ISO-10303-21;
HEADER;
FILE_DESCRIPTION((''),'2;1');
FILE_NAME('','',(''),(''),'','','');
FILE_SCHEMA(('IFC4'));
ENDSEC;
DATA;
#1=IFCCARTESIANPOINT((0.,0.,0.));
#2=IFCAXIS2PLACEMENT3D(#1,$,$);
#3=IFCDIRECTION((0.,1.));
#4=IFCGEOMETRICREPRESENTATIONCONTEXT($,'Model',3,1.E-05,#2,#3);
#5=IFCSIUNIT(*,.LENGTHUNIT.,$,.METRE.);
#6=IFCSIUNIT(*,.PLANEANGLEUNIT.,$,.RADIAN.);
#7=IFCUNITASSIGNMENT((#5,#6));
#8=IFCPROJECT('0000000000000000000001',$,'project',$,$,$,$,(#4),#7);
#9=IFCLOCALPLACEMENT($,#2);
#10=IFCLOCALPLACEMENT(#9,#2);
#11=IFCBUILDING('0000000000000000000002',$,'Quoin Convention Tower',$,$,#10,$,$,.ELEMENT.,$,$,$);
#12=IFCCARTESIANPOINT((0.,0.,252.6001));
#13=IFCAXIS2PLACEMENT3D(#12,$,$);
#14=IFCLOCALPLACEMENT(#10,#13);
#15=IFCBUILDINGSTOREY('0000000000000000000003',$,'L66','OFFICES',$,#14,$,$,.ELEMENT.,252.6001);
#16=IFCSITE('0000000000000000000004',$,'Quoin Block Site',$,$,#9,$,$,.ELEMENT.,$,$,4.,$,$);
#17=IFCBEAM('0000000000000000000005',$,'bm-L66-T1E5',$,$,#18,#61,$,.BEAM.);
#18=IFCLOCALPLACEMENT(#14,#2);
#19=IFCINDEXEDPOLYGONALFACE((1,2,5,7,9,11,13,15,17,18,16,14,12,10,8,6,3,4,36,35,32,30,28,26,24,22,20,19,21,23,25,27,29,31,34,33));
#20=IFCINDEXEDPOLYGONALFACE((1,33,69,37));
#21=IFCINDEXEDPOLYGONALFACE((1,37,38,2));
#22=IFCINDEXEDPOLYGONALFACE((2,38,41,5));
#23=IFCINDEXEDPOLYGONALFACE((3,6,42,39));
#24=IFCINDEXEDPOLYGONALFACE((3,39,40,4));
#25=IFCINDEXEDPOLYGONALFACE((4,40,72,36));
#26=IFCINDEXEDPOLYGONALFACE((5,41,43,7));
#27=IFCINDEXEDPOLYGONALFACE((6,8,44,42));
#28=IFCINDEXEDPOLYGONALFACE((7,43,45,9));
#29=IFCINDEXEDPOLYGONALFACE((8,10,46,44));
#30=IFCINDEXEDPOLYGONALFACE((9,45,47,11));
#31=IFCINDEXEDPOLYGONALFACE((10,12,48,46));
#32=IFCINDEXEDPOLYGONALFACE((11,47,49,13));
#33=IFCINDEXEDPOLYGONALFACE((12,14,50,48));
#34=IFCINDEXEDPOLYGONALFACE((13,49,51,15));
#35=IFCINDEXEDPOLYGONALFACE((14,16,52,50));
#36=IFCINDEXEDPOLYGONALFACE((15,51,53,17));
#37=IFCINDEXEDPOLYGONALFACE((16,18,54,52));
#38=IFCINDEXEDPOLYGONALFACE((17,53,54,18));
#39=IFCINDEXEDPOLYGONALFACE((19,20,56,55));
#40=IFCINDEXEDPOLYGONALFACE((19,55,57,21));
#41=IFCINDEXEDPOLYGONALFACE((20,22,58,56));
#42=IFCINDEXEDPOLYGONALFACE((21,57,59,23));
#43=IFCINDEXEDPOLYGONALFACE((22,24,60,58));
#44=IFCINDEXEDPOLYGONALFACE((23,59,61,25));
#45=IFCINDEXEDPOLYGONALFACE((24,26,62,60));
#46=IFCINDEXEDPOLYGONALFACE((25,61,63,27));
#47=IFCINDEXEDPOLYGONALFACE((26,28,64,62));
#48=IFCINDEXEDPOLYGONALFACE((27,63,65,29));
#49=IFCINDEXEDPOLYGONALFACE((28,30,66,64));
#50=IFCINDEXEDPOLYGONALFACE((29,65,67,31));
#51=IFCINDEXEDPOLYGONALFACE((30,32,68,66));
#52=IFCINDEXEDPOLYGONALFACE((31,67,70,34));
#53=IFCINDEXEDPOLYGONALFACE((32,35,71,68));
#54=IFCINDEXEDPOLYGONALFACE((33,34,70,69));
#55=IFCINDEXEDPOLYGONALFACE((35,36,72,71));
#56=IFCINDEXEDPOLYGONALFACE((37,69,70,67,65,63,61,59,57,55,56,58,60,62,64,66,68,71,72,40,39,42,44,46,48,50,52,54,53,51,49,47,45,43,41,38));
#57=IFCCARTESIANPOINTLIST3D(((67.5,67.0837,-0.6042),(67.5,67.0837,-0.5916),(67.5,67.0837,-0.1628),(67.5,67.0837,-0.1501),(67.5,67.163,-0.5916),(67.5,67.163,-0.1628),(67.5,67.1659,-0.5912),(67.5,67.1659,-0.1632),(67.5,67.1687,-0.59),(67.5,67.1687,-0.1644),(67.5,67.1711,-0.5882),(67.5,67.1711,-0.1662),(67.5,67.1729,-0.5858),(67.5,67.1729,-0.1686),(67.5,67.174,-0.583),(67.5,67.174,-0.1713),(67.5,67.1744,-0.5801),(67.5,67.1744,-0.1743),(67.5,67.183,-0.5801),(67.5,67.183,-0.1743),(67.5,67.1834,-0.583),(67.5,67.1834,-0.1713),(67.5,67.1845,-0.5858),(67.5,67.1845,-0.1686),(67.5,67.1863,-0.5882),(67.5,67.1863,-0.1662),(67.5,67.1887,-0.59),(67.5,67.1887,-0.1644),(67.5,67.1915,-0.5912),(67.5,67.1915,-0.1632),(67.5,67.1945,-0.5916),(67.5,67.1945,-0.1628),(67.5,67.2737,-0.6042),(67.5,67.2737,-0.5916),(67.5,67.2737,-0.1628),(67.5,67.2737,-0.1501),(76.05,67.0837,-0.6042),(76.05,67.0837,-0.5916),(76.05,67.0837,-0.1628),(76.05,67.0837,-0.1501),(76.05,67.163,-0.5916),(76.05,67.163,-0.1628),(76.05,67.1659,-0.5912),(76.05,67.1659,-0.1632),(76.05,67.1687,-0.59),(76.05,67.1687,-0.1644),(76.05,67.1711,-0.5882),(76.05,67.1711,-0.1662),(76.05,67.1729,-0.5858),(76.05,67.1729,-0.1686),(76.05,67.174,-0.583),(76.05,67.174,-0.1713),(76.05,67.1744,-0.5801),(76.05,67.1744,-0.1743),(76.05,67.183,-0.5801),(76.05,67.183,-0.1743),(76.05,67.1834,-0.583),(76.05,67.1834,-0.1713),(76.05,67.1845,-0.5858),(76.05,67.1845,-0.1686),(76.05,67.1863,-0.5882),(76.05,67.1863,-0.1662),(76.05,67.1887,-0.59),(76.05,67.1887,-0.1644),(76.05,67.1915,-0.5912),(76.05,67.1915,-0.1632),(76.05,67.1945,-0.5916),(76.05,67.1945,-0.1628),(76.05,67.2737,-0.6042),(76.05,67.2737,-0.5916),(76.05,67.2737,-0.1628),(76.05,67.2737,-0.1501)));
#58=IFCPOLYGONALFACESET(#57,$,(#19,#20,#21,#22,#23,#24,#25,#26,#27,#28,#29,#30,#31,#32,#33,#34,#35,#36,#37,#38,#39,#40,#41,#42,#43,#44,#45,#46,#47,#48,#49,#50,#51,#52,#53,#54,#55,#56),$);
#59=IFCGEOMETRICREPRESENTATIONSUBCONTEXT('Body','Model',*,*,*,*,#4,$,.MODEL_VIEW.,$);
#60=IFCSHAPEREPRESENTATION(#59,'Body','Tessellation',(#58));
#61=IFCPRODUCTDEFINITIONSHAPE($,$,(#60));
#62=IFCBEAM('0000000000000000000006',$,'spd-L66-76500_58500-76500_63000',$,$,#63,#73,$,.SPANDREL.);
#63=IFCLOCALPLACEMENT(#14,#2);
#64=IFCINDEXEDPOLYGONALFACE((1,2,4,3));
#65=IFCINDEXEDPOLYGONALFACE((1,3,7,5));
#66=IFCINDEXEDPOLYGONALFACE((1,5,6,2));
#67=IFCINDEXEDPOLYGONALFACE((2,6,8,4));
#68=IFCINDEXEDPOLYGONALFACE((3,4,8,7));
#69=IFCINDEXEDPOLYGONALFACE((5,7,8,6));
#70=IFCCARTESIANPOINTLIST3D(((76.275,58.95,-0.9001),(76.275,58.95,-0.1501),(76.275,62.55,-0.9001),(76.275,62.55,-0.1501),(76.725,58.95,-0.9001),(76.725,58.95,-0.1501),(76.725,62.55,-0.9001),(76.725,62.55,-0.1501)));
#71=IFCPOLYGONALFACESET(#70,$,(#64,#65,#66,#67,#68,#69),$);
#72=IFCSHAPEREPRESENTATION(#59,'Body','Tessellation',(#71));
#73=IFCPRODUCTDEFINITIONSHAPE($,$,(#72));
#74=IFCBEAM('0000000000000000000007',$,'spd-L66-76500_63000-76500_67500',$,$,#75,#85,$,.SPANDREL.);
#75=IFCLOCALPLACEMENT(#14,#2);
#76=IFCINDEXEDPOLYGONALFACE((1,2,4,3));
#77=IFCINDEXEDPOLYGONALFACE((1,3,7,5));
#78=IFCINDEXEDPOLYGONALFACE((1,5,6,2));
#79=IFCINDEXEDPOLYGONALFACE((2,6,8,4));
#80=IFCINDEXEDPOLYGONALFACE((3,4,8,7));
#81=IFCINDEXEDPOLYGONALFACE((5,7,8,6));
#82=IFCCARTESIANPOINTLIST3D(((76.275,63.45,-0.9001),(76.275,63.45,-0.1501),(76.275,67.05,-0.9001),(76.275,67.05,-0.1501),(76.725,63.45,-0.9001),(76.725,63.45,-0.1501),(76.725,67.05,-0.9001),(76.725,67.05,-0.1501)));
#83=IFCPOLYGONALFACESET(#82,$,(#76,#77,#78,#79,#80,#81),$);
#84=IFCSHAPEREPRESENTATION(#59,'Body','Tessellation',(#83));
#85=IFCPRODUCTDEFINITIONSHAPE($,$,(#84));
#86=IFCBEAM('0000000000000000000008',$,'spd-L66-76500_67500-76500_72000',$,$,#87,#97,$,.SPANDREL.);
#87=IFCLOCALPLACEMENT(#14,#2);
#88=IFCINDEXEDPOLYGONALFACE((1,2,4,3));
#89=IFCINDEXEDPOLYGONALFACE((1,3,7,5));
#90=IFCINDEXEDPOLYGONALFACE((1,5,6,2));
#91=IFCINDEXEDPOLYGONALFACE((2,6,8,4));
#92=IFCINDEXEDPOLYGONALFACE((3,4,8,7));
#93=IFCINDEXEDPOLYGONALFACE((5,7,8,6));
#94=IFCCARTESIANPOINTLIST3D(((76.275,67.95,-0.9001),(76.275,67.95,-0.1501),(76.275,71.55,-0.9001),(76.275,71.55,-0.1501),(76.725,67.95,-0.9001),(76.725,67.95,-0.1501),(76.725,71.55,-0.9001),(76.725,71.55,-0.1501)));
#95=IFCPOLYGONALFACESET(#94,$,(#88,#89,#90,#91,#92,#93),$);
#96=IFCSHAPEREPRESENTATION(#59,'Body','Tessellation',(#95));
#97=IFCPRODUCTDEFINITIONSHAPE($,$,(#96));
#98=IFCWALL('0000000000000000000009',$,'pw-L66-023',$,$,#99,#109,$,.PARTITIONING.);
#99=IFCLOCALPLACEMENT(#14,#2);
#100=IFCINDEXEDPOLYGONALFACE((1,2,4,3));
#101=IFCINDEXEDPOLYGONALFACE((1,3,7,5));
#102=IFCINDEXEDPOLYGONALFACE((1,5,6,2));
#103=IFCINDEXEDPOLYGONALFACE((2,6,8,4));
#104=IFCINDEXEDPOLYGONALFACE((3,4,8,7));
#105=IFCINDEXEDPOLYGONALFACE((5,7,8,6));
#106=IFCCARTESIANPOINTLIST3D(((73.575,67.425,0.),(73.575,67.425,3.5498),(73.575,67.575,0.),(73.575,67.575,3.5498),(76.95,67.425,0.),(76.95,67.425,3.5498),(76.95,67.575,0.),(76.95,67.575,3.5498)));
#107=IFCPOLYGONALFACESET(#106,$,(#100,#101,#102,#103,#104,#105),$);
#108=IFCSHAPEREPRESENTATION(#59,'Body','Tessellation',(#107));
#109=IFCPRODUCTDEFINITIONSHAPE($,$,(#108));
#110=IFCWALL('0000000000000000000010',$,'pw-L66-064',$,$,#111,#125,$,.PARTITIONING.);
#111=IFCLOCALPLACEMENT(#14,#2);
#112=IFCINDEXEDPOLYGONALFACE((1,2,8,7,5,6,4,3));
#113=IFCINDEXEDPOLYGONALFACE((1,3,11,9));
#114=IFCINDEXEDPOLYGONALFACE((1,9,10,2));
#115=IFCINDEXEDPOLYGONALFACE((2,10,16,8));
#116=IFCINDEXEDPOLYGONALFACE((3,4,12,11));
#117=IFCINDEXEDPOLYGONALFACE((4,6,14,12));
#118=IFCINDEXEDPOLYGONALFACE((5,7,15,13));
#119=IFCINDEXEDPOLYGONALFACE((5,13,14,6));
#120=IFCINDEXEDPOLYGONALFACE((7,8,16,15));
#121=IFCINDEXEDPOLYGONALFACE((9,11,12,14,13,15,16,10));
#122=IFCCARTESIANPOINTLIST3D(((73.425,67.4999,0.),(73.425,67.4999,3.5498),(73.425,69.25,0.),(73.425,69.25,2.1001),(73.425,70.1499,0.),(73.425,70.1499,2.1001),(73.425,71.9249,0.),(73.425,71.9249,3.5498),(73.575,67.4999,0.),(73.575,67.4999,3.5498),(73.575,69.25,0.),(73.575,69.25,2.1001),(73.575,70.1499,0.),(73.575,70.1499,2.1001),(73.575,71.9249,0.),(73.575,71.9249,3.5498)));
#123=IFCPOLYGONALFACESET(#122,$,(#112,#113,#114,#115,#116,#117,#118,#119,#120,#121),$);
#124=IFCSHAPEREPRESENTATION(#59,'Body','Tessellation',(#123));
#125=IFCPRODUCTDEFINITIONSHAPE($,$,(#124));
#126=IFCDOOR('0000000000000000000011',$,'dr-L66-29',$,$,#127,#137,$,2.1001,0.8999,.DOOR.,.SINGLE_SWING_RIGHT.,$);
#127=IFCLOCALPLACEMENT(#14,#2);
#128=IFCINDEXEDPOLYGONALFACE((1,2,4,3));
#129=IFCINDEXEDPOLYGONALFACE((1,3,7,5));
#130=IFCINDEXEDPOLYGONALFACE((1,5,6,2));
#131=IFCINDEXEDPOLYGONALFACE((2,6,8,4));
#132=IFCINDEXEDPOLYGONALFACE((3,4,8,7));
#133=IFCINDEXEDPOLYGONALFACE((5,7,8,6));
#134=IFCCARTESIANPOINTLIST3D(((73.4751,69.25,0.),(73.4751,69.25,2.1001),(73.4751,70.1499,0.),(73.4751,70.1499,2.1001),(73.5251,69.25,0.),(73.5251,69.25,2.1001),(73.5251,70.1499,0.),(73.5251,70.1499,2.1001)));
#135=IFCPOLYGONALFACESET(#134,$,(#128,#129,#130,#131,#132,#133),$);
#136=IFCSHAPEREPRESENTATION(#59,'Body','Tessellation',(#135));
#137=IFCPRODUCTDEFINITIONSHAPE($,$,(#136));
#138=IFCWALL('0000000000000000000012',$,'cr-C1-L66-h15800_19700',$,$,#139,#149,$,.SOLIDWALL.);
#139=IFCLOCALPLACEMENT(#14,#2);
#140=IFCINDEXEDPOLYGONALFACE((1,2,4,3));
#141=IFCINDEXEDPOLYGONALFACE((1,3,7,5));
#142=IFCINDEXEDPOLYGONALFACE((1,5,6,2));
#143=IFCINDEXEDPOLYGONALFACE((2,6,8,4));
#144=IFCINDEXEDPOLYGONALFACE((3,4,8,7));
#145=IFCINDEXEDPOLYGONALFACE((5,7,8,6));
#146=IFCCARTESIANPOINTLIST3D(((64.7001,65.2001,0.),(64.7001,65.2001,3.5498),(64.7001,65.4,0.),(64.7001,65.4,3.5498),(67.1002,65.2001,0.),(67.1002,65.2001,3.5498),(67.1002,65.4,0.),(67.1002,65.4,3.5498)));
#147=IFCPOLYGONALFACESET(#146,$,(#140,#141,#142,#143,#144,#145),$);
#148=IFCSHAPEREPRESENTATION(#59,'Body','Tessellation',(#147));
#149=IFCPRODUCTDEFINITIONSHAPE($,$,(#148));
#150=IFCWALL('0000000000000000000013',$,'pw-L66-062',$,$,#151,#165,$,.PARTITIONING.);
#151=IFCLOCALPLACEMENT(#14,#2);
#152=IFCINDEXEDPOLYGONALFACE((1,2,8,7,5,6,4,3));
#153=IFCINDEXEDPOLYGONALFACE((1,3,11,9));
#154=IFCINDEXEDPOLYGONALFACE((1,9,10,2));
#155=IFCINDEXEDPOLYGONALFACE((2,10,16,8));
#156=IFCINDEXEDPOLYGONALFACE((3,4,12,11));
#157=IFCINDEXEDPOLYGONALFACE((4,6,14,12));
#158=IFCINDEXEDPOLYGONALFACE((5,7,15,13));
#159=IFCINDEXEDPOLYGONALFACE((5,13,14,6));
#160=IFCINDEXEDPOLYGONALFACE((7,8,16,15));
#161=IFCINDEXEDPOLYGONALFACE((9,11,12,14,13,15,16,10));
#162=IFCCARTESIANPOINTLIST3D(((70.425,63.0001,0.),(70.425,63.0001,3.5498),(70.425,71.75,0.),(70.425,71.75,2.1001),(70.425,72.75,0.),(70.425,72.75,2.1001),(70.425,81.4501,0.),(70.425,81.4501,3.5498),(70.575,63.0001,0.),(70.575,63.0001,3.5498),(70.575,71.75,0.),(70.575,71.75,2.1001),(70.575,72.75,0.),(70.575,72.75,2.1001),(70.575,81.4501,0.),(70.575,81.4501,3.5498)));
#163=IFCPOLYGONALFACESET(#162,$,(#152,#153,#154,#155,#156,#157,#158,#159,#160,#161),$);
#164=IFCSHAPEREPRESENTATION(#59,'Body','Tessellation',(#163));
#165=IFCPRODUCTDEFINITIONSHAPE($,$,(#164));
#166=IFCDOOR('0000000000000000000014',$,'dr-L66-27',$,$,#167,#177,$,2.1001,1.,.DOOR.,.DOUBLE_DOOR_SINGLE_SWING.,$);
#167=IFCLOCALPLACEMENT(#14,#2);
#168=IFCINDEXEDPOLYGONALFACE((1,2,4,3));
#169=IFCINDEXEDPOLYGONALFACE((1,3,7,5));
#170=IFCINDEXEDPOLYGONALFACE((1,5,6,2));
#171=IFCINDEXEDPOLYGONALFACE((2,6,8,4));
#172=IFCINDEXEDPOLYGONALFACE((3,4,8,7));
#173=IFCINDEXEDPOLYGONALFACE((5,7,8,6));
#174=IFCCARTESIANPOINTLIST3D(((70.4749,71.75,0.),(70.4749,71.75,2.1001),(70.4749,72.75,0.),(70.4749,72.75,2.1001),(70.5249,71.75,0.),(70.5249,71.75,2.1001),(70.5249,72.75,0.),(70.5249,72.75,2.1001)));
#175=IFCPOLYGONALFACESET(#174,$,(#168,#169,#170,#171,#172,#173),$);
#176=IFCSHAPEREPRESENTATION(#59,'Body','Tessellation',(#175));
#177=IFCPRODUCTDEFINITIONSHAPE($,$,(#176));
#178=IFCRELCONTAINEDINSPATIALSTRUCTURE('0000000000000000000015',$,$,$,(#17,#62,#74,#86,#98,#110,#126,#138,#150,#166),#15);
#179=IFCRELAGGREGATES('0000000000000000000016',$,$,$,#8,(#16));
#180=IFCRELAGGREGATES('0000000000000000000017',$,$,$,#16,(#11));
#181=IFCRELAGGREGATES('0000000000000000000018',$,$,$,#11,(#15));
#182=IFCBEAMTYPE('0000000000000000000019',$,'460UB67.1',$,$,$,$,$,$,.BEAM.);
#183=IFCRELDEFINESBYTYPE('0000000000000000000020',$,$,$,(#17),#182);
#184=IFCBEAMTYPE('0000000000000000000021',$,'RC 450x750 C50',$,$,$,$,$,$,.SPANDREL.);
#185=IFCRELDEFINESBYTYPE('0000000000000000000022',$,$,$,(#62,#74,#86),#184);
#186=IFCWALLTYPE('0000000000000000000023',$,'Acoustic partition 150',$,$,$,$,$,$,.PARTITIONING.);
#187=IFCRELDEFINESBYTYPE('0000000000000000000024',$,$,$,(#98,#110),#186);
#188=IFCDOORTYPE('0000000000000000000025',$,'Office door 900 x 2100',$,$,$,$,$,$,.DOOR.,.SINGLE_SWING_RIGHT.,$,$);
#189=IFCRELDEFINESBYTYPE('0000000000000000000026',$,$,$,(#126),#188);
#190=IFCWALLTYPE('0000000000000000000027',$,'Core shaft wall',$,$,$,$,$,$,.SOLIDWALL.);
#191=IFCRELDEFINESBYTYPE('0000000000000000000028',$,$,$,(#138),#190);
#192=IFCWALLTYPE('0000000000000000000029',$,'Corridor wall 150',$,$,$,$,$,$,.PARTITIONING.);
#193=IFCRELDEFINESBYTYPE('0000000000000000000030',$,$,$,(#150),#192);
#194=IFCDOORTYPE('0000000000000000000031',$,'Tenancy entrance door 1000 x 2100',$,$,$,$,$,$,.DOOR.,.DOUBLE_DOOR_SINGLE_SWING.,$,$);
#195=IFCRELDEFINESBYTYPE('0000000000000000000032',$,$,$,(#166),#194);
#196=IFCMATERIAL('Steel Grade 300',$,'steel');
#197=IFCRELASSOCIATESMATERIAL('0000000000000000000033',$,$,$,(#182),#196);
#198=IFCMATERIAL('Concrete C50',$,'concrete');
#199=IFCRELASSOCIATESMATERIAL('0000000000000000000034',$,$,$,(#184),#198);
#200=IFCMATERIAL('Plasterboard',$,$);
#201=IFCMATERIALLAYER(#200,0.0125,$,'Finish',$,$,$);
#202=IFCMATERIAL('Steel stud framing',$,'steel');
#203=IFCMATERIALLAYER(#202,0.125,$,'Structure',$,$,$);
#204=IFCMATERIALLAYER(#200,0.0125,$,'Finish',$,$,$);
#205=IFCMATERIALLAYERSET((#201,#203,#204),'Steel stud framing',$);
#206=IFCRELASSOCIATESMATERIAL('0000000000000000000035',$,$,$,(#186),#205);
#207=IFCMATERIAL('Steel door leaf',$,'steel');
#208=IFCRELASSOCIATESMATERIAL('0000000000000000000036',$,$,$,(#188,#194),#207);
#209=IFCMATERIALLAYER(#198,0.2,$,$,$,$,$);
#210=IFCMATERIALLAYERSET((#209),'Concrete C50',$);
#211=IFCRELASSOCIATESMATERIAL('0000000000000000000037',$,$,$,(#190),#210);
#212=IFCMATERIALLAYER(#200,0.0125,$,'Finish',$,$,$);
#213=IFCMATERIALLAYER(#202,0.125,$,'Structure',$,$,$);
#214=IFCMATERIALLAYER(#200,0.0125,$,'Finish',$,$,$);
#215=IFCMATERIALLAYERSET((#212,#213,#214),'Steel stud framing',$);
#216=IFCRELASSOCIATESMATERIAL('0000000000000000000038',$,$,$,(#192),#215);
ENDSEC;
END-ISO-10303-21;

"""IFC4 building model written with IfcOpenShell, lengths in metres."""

from ifc_helpers import new_model, si_unit, direction, frame, frame_2d, origin, origin_2d, place, context, subcontext, project, spatial, rectangle, i_section, extrude, material, layer, layer_set, material_profile, profile_set, type_object, element, fill, save


model = new_model("IFC4")

# Units and contexts
model_context = context("Model", 3, precision=1e-05, world=origin(), true_north=direction((0.0, 1.0)))
body_context = subcontext(model_context, "Body", "Model", "MODEL_VIEW")
ifc_project = project(units=[si_unit("LENGTHUNIT", "METRE"), si_unit("PLANEANGLEUNIT", "RADIAN")], contexts=[model_context])

# Site, building, storey
site_placement = place(None, origin())
site = spatial("IfcSite", under=ifc_project, at=site_placement, Name="Quoin Block Site", CompositionType="ELEMENT", RefElevation=4.0)
building_placement = place(site_placement, origin())
building = spatial("IfcBuilding", under=site, at=building_placement, Name="Quoin Convention Tower", CompositionType="ELEMENT")
storey_placement = place(building_placement, frame((0.0, 0.0, 252.6001)))
storey = spatial("IfcBuildingStorey", under=building, at=storey_placement, Name="L66", Description="OFFICES", CompositionType="ELEMENT", Elevation=252.6001)

# Shared definitions
ifc_material_1 = material(Name="Concrete C50", Category="concrete")

# Beams
ifc_material_2 = material(Name="Steel Grade 300", Category="steel")
ifc_material_profile_1 = material_profile(ifc_material_2, i_section(OverallWidth=0.1899, OverallDepth=0.4541, WebThickness=0.0085, FlangeThickness=0.0127, FilletRadius=0.0115, at=origin_2d()), Name="460UB67.1")
ifc_profile_set_1 = profile_set([ifc_material_profile_1], Name="Steel Grade 300")
beam_type_1 = type_object("IfcBeamType", Name="460UB67.1", PredefinedType="BEAM", material=ifc_profile_set_1)
beam_placement = place(storey_placement, frame((67.5, 67.1787, -0.3772), z_axis=(1.0, 0.0, 0.0), x_axis=(0.0, 1.0, 0.0)))
element("IfcBeam", 1, at=beam_placement, inside=storey, type_object=beam_type_1, Name="bm-L66-T1E5", PredefinedType="BEAM", context=body_context, shape_type="SweptSolid", body=[
    extrude(i_section(OverallWidth=0.1899, OverallDepth=0.4541, WebThickness=0.0085, FlangeThickness=0.0127, FilletRadius=0.0115, at=origin_2d()), origin(), (0.0, 0.0, 1.0), 8.55),
])
ifc_material_profile_2 = material_profile(ifc_material_1, rectangle(XDim=0.45, YDim=0.75, at=origin_2d()), Name="RC 450x750")
ifc_profile_set_2 = profile_set([ifc_material_profile_2], Name="Concrete C50")
beam_type_2 = type_object("IfcBeamType", Name="RC 450x750 C50", PredefinedType="SPANDREL", material=ifc_profile_set_2)
for number, where, z_axis, x_axis, name in (
    (2, (76.5, 58.95, -0.5251), (0.0, 1.0, 0.0), (-1.0, 0.0, 0.0), "spd-L66-76500_58500-76500_63000"),
    (3, (76.5, 63.45, -0.5251), (0.0, 1.0, 0.0), (-1.0, 0.0, 0.0), "spd-L66-76500_63000-76500_67500"),
    (4, (76.5, 67.95, -0.5251), (0.0, 1.0, 0.0), (-1.0, 0.0, 0.0), "spd-L66-76500_67500-76500_72000"),
):
    element("IfcBeam", number, at=place(storey_placement, frame(where, z_axis=z_axis, x_axis=x_axis)), inside=storey, type_object=beam_type_2, Name=name, PredefinedType="SPANDREL", context=body_context, shape_type="SweptSolid", body=[
        extrude(rectangle(XDim=0.45, YDim=0.75, at=origin_2d()), origin(), (0.0, 0.0, 1.0), 3.6001),
    ])

# Wall
ifc_material_3 = material(Name="Plasterboard")
ifc_layer_1 = layer(ifc_material_3, 0.0125, Name="Finish")
ifc_material_4 = material(Name="Steel stud framing", Category="steel")
ifc_layer_2 = layer(ifc_material_4, 0.125, Name="Structure")
ifc_layer_3 = layer(ifc_material_3, 0.0125, Name="Finish")
ifc_layer_set_1 = layer_set([ifc_layer_1, ifc_layer_2, ifc_layer_3], Name="Steel stud framing")
wall_type_1 = type_object("IfcWallType", Name="Acoustic partition 150", PredefinedType="PARTITIONING", material=ifc_layer_set_1)
wall_1_placement = place(storey_placement, frame((73.575, 67.5, 0.0), z_axis=(0.0, 0.0, 1.0), x_axis=(1.0, 0.0, 0.0)))
element("IfcWall", 5, at=wall_1_placement, inside=storey, type_object=wall_type_1, Name="pw-L66-023", PredefinedType="PARTITIONING", context=body_context, shape_type="SweptSolid", body=[
    extrude(rectangle(XDim=3.375, YDim=0.1499, at=frame_2d((1.6875, 0.0))), origin(), (0.0, 0.0, 1.0), 3.5498),
])

# Wall, opening, door
wall_2_placement = place(storey_placement, frame((73.5, 67.5, 0.0), z_axis=(0.0, 0.0, 1.0), x_axis=(0.0, 1.0, 0.0)))
wall_2 = element("IfcWall", 6, at=wall_2_placement, inside=storey, type_object=wall_type_1, Name="pw-L66-064", PredefinedType="PARTITIONING", context=body_context, shape_type="SweptSolid", body=[
    extrude(rectangle(XDim=4.425, YDim=0.1499, at=frame_2d((2.2124, 0.0))), origin(), (0.0, 0.0, 1.0), 3.5498),
])
opening_1_placement = place(wall_2_placement, frame((1.75, 0.0, 0.0)))
opening_1 = element("IfcOpeningElement", 7, at=opening_1_placement, cuts=wall_2, PredefinedType="OPENING", context=body_context, shape_type="SweptSolid", body=[
    extrude(rectangle(XDim=0.8999, YDim=2.1001, at=frame_2d((0.45, 1.05))), frame((0.0, 0.085, 0.0), z_axis=(0.0, -1.0, 0.0), x_axis=(1.0, 0.0, 0.0)), (0.0, 0.0, 1.0), 0.1699),
])
ifc_material_5 = material(Name="Steel door leaf", Category="steel")
door_type_1 = type_object("IfcDoorType", Name="Office door 900 x 2100", OperationType="SINGLE_SWING_RIGHT", PredefinedType="DOOR", material=ifc_material_5)
door_1_placement = place(opening_1_placement, origin())
door_1 = element("IfcDoor", 8, at=door_1_placement, inside=storey, type_object=door_type_1, Name="dr-L66-29", OperationType="SINGLE_SWING_RIGHT", OverallHeight=2.1001, OverallWidth=0.8999, PredefinedType="DOOR", context=body_context, shape_type="SweptSolid", body=[
    extrude(rectangle(XDim=0.8999, YDim=2.1001, at=frame_2d((0.45, 1.05))), frame((0.0, 0.0249, 0.0), z_axis=(0.0, -1.0, 0.0), x_axis=(1.0, 0.0, 0.0)), (0.0, 0.0, 1.0), 0.05),
])
fill(opening_1, door_1)

# Wall
ifc_layer_4 = layer(ifc_material_1, 0.2)
ifc_layer_set_2 = layer_set([ifc_layer_4], Name="Concrete C50")
wall_type_2 = type_object("IfcWallType", Name="Core shaft wall", PredefinedType="SOLIDWALL", material=ifc_layer_set_2)
wall_3_placement = place(storey_placement, frame((64.7, 65.3, 0.0), z_axis=(0.0, 0.0, 1.0), x_axis=(1.0, 0.0, 0.0)))
element("IfcWall", 9, at=wall_3_placement, inside=storey, type_object=wall_type_2, Name="cr-C1-L66-h15800_19700", PredefinedType="SOLIDWALL", context=body_context, shape_type="SweptSolid", body=[
    extrude(rectangle(XDim=2.4001, YDim=0.2, at=frame_2d((1.2002, 0.0))), origin(), (0.0, 0.0, 1.0), 3.5498),
])

# Wall, opening, door
ifc_layer_5 = layer(ifc_material_3, 0.0125, Name="Finish")
ifc_layer_6 = layer(ifc_material_4, 0.125, Name="Structure")
ifc_layer_7 = layer(ifc_material_3, 0.0125, Name="Finish")
ifc_layer_set_3 = layer_set([ifc_layer_5, ifc_layer_6, ifc_layer_7], Name="Steel stud framing")
wall_type_3 = type_object("IfcWallType", Name="Corridor wall 150", PredefinedType="PARTITIONING", material=ifc_layer_set_3)
wall_4_placement = place(storey_placement, frame((70.5, 63.0, 0.0), z_axis=(0.0, 0.0, 1.0), x_axis=(0.0, 1.0, 0.0)))
wall_4 = element("IfcWall", 10, at=wall_4_placement, inside=storey, type_object=wall_type_3, Name="pw-L66-062", PredefinedType="PARTITIONING", context=body_context, shape_type="SweptSolid", body=[
    extrude(rectangle(XDim=18.45, YDim=0.1499, at=frame_2d((9.2251, 0.0))), origin(), (0.0, 0.0, 1.0), 3.5498),
])
opening_2_placement = place(wall_4_placement, frame((8.75, 0.0, 0.0)))
opening_2 = element("IfcOpeningElement", 11, at=opening_2_placement, cuts=wall_4, PredefinedType="OPENING", context=body_context, shape_type="SweptSolid", body=[
    extrude(rectangle(XDim=1.0, YDim=2.1001, at=frame_2d((0.5, 1.05))), frame((0.0, 0.085, 0.0), z_axis=(0.0, -1.0, 0.0), x_axis=(1.0, 0.0, 0.0)), (0.0, 0.0, 1.0), 0.1699),
])
door_type_2 = type_object("IfcDoorType", Name="Tenancy entrance door 1000 x 2100", OperationType="DOUBLE_DOOR_SINGLE_SWING", PredefinedType="DOOR", material=ifc_material_5)
door_2_placement = place(opening_2_placement, frame((1.0, 0.0, 0.0), z_axis=(0.0, 0.0, 1.0), x_axis=(-1.0, 0.0, 0.0)))
door_2 = element("IfcDoor", 12, at=door_2_placement, inside=storey, type_object=door_type_2, Name="dr-L66-27", OperationType="DOUBLE_DOOR_SINGLE_SWING", OverallHeight=2.1001, OverallWidth=1.0, PredefinedType="DOOR", context=body_context, shape_type="SweptSolid", body=[
    extrude(rectangle(XDim=1.0, YDim=2.1001, at=frame_2d((0.5, 1.05))), frame((0.0, 0.0249, 0.0), z_axis=(0.0, -1.0, 0.0), x_axis=(1.0, 0.0, 0.0)), (0.0, 0.0, 1.0), 0.05),
])
fill(opening_2, door_2)

save(model, "model.ifc")
